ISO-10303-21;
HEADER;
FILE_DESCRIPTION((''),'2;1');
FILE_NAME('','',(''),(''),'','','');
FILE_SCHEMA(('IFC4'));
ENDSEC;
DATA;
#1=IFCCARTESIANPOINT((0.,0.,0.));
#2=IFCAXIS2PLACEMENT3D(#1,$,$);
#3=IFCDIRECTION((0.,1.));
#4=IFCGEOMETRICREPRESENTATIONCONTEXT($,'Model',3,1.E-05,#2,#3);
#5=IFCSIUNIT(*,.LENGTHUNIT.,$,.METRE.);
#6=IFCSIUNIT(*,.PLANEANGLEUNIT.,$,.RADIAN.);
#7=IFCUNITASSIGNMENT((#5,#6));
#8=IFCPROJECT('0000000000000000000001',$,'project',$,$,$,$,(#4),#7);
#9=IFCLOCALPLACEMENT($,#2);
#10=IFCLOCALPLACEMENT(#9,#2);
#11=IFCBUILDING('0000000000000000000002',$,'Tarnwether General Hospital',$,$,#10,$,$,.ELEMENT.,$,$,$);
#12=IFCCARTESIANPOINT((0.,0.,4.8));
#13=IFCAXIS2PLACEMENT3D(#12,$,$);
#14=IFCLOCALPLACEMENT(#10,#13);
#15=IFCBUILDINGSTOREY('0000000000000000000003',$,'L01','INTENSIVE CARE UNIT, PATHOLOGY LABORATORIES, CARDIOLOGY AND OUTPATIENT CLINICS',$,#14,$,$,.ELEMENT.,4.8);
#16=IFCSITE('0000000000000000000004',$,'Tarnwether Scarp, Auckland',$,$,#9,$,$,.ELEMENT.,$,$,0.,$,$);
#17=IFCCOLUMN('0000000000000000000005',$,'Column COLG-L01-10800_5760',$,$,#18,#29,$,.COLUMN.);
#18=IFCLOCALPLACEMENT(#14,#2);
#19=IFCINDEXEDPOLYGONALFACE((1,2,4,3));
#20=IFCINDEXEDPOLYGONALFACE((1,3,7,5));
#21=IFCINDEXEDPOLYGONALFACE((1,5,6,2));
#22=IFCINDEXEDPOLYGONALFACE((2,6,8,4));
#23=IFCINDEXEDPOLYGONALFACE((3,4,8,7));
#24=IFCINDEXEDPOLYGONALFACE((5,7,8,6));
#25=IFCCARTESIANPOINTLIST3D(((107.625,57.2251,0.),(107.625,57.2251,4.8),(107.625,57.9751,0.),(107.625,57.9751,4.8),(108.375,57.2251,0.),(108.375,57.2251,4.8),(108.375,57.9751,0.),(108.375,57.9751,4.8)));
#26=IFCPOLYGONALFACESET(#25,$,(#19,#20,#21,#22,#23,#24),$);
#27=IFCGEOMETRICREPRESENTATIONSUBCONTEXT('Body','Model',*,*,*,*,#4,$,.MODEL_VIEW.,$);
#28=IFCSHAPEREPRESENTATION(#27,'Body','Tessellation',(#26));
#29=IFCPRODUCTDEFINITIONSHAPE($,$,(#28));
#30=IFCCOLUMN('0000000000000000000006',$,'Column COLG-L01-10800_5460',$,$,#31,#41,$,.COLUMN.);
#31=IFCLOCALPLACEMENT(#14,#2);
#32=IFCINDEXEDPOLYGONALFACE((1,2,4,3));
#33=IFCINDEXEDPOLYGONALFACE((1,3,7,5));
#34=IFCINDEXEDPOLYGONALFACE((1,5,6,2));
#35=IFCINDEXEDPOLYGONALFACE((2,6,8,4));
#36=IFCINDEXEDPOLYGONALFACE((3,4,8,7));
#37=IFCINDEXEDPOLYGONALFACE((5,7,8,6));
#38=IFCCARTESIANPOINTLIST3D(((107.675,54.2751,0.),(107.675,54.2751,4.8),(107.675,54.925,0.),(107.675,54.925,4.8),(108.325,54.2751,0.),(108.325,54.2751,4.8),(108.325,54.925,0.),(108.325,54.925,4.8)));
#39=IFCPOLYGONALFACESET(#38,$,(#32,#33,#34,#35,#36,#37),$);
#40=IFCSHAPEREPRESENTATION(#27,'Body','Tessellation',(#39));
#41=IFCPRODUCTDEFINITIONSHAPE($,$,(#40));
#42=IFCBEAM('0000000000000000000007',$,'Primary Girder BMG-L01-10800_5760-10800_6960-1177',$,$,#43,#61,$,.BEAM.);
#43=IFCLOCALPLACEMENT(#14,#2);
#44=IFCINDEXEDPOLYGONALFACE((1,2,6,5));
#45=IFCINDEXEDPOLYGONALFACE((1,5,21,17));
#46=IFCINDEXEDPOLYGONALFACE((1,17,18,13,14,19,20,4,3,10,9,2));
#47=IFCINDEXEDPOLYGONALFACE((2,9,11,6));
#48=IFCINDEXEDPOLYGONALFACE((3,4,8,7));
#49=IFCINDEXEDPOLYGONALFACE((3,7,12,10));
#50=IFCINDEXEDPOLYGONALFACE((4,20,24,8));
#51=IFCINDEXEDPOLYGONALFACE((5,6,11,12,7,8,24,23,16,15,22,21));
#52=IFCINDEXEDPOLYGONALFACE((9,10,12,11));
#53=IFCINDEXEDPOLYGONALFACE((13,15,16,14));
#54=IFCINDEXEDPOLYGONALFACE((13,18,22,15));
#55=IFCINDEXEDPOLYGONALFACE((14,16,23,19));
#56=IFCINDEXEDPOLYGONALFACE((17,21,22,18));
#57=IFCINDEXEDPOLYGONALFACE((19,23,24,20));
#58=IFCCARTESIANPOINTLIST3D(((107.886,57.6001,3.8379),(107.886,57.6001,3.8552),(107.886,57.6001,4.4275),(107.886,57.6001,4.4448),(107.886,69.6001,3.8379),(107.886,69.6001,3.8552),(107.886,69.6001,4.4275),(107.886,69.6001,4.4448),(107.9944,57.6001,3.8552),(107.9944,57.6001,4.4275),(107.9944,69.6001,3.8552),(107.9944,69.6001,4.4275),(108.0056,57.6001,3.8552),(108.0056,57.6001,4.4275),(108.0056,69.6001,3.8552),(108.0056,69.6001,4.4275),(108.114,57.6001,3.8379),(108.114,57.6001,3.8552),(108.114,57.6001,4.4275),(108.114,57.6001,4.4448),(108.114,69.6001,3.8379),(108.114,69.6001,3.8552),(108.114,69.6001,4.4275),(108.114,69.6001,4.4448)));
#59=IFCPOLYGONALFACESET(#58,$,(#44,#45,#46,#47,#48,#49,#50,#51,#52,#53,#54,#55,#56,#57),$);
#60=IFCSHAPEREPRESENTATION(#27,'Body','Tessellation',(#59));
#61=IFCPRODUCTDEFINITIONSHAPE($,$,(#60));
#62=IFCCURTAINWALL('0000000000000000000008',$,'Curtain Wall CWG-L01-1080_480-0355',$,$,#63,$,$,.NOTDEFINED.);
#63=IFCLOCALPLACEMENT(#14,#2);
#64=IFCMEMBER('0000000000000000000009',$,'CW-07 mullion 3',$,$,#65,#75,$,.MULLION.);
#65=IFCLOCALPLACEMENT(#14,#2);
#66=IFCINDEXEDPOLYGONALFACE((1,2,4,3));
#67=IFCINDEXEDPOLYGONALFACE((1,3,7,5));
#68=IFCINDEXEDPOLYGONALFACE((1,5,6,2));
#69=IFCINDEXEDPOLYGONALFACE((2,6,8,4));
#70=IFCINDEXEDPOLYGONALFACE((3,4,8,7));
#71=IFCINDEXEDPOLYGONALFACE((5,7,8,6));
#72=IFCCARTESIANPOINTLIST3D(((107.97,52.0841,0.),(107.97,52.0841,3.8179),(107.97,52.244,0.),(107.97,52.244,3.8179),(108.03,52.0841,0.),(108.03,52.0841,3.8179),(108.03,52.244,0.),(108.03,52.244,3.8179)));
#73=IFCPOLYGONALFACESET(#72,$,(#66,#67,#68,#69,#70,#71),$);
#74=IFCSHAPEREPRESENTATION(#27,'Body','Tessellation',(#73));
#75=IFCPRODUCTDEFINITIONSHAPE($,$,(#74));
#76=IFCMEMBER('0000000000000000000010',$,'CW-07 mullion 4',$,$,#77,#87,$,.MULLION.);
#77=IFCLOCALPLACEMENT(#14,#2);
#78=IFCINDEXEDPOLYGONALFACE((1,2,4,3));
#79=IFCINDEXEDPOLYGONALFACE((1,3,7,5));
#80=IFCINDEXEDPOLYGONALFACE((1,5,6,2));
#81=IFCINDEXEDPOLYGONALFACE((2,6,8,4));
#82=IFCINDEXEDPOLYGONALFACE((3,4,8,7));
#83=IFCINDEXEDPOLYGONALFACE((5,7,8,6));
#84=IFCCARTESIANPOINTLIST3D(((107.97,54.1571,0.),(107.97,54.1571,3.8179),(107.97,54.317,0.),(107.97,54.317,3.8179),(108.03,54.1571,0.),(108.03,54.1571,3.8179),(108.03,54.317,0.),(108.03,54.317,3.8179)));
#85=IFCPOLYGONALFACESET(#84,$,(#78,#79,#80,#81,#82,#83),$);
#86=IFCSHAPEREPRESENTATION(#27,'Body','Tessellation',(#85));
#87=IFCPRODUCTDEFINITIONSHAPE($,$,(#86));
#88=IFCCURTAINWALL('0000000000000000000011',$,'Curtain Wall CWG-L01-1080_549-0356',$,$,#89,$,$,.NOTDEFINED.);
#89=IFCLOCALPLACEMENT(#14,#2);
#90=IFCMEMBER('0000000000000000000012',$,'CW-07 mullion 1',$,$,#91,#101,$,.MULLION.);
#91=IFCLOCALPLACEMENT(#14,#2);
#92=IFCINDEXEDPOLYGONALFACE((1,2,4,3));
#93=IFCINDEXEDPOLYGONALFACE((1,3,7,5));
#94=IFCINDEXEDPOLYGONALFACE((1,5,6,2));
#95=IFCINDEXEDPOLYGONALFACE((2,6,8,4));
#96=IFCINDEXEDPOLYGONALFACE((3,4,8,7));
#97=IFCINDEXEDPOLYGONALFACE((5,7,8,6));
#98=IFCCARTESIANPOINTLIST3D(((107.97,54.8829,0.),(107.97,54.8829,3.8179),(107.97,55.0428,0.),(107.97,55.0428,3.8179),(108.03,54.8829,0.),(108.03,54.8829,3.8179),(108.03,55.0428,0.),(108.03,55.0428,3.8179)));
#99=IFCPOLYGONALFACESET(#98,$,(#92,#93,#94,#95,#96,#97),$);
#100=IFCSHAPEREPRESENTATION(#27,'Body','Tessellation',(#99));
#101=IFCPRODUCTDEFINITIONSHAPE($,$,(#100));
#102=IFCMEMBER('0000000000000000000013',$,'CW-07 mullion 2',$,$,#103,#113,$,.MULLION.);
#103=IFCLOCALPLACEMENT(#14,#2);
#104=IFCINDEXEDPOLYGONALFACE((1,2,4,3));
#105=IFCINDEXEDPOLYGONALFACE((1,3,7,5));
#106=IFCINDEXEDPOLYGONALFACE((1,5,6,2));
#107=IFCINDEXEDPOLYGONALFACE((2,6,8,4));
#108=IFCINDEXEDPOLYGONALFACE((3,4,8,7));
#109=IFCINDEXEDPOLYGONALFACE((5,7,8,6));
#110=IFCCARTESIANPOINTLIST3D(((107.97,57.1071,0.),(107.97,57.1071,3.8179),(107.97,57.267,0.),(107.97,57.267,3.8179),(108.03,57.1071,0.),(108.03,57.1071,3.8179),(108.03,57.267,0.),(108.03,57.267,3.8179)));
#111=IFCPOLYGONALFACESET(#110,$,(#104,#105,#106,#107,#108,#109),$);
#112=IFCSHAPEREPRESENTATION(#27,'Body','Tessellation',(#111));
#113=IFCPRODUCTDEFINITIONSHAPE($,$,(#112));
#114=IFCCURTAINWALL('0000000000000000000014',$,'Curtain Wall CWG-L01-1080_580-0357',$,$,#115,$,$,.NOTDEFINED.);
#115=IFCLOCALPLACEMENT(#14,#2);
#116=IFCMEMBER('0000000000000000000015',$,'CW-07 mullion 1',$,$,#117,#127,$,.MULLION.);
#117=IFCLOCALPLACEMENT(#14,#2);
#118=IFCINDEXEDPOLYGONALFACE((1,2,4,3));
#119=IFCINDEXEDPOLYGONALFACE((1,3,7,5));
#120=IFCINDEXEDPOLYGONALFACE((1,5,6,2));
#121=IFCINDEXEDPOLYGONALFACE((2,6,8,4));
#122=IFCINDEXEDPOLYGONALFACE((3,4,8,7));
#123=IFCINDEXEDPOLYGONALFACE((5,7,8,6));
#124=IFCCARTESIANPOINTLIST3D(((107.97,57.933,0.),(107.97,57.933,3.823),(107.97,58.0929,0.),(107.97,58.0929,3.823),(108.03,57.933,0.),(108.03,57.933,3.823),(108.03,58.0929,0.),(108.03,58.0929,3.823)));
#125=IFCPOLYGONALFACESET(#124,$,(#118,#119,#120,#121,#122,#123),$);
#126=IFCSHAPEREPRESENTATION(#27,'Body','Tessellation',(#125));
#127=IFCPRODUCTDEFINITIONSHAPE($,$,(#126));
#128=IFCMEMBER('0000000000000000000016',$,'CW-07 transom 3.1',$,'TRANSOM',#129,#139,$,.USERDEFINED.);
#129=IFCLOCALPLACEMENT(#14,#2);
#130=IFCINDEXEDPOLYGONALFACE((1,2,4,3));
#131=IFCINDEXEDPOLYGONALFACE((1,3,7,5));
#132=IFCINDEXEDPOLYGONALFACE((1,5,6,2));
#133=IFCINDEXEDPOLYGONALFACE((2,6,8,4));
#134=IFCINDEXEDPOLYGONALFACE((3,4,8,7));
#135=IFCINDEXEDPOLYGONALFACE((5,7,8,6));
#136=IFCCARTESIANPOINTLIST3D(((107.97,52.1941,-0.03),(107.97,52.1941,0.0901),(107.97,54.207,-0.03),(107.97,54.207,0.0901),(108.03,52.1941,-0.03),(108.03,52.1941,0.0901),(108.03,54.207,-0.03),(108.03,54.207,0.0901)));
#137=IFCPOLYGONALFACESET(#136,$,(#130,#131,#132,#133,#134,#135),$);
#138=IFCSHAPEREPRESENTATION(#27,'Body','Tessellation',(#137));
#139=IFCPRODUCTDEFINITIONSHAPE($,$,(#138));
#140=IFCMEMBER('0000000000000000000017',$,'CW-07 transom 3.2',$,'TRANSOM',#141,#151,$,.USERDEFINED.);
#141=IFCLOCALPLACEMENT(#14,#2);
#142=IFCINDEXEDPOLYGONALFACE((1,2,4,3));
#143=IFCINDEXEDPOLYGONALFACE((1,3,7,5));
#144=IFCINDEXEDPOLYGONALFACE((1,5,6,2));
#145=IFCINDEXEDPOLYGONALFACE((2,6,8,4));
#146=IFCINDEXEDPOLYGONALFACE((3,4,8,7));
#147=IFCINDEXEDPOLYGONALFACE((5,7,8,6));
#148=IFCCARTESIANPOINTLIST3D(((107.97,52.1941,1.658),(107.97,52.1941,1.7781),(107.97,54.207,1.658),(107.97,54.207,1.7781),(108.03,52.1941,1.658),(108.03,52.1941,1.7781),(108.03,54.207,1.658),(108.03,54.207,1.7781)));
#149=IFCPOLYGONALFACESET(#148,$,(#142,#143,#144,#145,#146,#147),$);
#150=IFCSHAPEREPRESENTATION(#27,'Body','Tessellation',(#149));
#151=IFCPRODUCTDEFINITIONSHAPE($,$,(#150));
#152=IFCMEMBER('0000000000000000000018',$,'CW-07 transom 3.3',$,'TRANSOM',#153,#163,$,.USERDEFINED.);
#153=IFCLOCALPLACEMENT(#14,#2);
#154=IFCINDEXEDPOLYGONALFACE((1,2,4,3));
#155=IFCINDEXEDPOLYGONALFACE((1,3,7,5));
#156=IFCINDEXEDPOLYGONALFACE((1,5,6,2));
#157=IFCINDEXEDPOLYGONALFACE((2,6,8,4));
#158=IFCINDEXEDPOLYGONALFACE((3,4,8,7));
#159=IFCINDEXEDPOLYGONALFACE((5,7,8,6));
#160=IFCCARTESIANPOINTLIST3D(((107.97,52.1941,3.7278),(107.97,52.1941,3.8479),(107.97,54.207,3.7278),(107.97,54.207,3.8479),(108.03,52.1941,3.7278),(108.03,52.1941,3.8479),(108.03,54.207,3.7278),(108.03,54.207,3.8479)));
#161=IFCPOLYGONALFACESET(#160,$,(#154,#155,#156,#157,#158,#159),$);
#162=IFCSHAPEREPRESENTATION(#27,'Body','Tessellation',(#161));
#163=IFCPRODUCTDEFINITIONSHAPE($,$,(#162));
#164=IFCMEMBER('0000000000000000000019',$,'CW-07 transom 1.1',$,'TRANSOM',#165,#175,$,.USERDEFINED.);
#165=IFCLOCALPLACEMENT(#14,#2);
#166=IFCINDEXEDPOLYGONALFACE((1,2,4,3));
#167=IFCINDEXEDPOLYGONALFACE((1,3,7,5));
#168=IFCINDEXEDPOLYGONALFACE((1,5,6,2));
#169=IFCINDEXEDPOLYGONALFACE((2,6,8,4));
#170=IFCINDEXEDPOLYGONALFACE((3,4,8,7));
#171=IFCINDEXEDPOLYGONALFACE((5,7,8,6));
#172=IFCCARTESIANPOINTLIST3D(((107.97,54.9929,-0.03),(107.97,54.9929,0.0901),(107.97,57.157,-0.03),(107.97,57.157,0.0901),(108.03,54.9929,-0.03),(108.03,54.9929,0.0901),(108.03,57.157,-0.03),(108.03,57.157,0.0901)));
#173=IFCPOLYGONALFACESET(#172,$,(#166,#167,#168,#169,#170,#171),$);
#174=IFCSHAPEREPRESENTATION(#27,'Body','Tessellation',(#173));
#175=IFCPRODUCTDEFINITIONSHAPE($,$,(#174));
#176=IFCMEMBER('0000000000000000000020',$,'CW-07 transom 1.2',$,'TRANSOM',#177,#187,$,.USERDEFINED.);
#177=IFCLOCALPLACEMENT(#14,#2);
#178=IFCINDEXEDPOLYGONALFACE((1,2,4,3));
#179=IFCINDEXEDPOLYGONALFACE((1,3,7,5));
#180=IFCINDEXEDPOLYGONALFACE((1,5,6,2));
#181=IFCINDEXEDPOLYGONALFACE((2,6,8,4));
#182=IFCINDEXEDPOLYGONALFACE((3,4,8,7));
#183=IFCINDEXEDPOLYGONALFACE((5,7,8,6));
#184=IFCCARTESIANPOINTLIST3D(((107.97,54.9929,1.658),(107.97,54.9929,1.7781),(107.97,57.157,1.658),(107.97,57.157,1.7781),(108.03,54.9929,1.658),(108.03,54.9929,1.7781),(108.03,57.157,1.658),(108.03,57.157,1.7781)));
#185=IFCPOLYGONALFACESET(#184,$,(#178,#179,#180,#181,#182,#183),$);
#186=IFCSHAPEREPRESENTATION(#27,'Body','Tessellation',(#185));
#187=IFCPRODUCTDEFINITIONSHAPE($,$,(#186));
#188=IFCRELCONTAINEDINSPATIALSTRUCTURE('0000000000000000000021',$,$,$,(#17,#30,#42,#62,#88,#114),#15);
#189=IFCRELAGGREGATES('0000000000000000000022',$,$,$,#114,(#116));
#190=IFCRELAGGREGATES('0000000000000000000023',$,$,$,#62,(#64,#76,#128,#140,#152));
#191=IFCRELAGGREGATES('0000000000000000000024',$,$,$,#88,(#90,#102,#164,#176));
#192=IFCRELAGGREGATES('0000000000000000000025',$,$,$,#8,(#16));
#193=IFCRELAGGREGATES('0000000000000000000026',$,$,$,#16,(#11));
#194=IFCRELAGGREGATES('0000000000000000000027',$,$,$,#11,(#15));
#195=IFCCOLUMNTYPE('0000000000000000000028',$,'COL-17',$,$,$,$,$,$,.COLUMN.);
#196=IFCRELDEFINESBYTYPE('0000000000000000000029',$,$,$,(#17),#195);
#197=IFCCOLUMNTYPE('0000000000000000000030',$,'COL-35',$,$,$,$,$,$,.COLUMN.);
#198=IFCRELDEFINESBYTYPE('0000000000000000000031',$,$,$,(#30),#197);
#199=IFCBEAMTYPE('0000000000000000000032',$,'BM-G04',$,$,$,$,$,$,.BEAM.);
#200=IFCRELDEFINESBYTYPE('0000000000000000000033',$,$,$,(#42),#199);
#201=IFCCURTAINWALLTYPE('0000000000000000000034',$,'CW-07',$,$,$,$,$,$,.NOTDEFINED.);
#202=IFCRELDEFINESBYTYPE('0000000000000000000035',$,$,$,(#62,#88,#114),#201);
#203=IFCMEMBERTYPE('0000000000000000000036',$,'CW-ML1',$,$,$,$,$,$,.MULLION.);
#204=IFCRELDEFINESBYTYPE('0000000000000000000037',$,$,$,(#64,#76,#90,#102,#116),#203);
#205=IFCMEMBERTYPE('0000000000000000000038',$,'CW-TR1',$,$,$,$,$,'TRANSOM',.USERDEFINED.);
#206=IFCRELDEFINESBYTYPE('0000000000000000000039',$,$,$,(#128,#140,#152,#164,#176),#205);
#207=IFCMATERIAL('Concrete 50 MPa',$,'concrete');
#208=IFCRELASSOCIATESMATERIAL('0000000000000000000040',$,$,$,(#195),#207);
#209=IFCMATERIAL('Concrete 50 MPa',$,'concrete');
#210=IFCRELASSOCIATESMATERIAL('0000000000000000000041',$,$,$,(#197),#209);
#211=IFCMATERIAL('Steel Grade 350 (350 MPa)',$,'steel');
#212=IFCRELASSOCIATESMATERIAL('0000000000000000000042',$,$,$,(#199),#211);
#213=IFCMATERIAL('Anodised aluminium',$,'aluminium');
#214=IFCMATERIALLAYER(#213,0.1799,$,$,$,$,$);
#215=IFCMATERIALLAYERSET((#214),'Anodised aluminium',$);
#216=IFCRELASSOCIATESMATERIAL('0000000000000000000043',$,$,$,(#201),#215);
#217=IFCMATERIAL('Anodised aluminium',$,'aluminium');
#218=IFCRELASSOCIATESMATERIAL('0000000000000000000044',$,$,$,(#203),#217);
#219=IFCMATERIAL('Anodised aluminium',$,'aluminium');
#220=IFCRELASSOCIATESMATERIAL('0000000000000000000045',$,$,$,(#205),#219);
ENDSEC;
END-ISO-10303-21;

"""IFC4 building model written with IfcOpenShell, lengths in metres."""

from ifc_helpers import new_model, si_unit, direction, frame, origin, origin_2d, place, context, subcontext, project, spatial, rectangle, i_section, extrude, material, layer, layer_set, material_profile, profile_set, type_object, element, aggregate, save


model = new_model("IFC4")

# Units and contexts
model_context = context("Model", 3, precision=1e-05, world=origin(), true_north=direction((0.0, 1.0)))
body_context = subcontext(model_context, "Body", "Model", "MODEL_VIEW")
ifc_project = project(units=[si_unit("LENGTHUNIT", "METRE"), si_unit("PLANEANGLEUNIT", "RADIAN")], contexts=[model_context])

# Site, building, storey
site_placement = place(None, origin())
site = spatial("IfcSite", under=ifc_project, at=site_placement, Name="Tarnwether Scarp, Auckland", CompositionType="ELEMENT", RefElevation=0.0)
building_placement = place(site_placement, origin())
building = spatial("IfcBuilding", under=site, at=building_placement, Name="Tarnwether General Hospital", CompositionType="ELEMENT")
storey_placement = place(building_placement, frame((0.0, 0.0, 4.8)))
storey = spatial("IfcBuildingStorey", under=building, at=storey_placement, Name="L01", Description="INTENSIVE CARE UNIT, PATHOLOGY LABORATORIES, CARDIOLOGY AND OUTPATIENT CLINICS", CompositionType="ELEMENT", Elevation=4.8)

# Columns
ifc_material_1 = material(Name="Concrete 50 MPa", Category="concrete")
ifc_material_profile_1 = material_profile(ifc_material_1, rectangle(XDim=0.75, YDim=0.75, at=origin_2d()), Name="RC-COL-750x750")
ifc_profile_set_1 = profile_set([ifc_material_profile_1], Name="Concrete 50 MPa")
column_type_1 = type_object("IfcColumnType", Name="COL-17", PredefinedType="COLUMN", material=ifc_profile_set_1)
column_1_placement = place(storey_placement, frame((108.0, 57.6001, 0.0), z_axis=(0.0, 0.0, 1.0), x_axis=(0.0, 1.0, 0.0)))
element("IfcColumn", 1, at=column_1_placement, inside=storey, type_object=column_type_1, Name="Column COLG-L01-10800_5760", PredefinedType="COLUMN", context=body_context, shape_type="SweptSolid", body=[
    extrude(rectangle(XDim=0.75, YDim=0.75, at=origin_2d()), origin(), (0.0, 0.0, 1.0), 4.8),
])
ifc_material_2 = material(Name="Concrete 50 MPa", Category="concrete")
ifc_material_profile_2 = material_profile(ifc_material_2, rectangle(XDim=0.6499, YDim=0.6499, at=origin_2d()), Name="RC-COL-650x650")
ifc_profile_set_2 = profile_set([ifc_material_profile_2], Name="Concrete 50 MPa")
column_type_2 = type_object("IfcColumnType", Name="COL-35", PredefinedType="COLUMN", material=ifc_profile_set_2)
column_2_placement = place(storey_placement, frame((108.0, 54.6001, 0.0), z_axis=(0.0, 0.0, 1.0), x_axis=(1.0, 0.0, 0.0)))
element("IfcColumn", 2, at=column_2_placement, inside=storey, type_object=column_type_2, Name="Column COLG-L01-10800_5460", PredefinedType="COLUMN", context=body_context, shape_type="SweptSolid", body=[
    extrude(rectangle(XDim=0.6499, YDim=0.6499, at=origin_2d()), origin(), (0.0, 0.0, 1.0), 4.8),
])

# Beam
ifc_material_3 = material(Name="Steel Grade 350 (350 MPa)", Category="steel")
ifc_material_profile_3 = material_profile(ifc_material_3, i_section(OverallWidth=0.228, OverallDepth=0.6069, WebThickness=0.0112, FlangeThickness=0.0173, at=origin_2d()), Name="610UB113")
ifc_profile_set_3 = profile_set([ifc_material_profile_3], Name="Steel Grade 350 (350 MPa)")
beam_type = type_object("IfcBeamType", Name="BM-G04", PredefinedType="BEAM", material=ifc_profile_set_3)
beam_placement = place(storey_placement, frame((108.0, 57.6001, 4.1414), z_axis=(0.0, 1.0, 0.0), x_axis=(-1.0, 0.0, 0.0)))
element("IfcBeam", 3, at=beam_placement, inside=storey, type_object=beam_type, Name="Primary Girder BMG-L01-10800_5760-10800_6960-1177", PredefinedType="BEAM", context=body_context, shape_type="SweptSolid", body=[
    extrude(i_section(OverallWidth=0.228, OverallDepth=0.6069, WebThickness=0.0112, FlangeThickness=0.0173, at=origin_2d()), origin(), (0.0, 0.0, 1.0), 12.0),
])

# Curtain walls, members
ifc_material_4 = material(Name="Anodised aluminium", Category="aluminium")
ifc_layer_1 = layer(ifc_material_4, 0.1799)
ifc_layer_set_1 = layer_set([ifc_layer_1], Name="Anodised aluminium")
curtain_wall_type = type_object("IfcCurtainWallType", Name="CW-07", PredefinedType="NOTDEFINED", material=ifc_layer_set_1)
curtain_wall_1_placement = place(storey_placement, origin())
curtain_wall_1 = element("IfcCurtainWall", 4, at=curtain_wall_1_placement, inside=storey, type_object=curtain_wall_type, Name="Curtain Wall CWG-L01-1080_480-0355", PredefinedType="NOTDEFINED")
ifc_material_5 = material(Name="Anodised aluminium", Category="aluminium")
ifc_material_profile_4 = material_profile(ifc_material_5, rectangle(XDim=0.0601, YDim=0.1599, at=origin_2d()), Name="ALU-MUL-60x160")
ifc_profile_set_4 = profile_set([ifc_material_profile_4], Name="Anodised aluminium")
member_type_1 = type_object("IfcMemberType", Name="CW-ML1", PredefinedType="MULLION", material=ifc_profile_set_4)
member_1_placement = place(storey_placement, frame((108.0, 52.1641, 0.0), z_axis=(0.0, 0.0, 1.0), x_axis=(-1.0, 0.0, 0.0)))
member_1 = element("IfcMember", 5, at=member_1_placement, type_object=member_type_1, Name="CW-07 mullion 3", PredefinedType="MULLION", context=body_context, shape_type="SweptSolid", body=[
    extrude(rectangle(XDim=0.0601, YDim=0.1599, at=origin_2d()), origin(), (0.0, 0.0, 1.0), 3.8179),
])
member_2_placement = place(storey_placement, frame((108.0, 54.2371, 0.0), z_axis=(0.0, 0.0, 1.0), x_axis=(-1.0, 0.0, 0.0)))
member_2 = element("IfcMember", 6, at=member_2_placement, type_object=member_type_1, Name="CW-07 mullion 4", PredefinedType="MULLION", context=body_context, shape_type="SweptSolid", body=[
    extrude(rectangle(XDim=0.0601, YDim=0.1599, at=origin_2d()), origin(), (0.0, 0.0, 1.0), 3.8179),
])
curtain_wall_2_placement = place(storey_placement, origin())
curtain_wall_2 = element("IfcCurtainWall", 7, at=curtain_wall_2_placement, inside=storey, type_object=curtain_wall_type, Name="Curtain Wall CWG-L01-1080_549-0356", PredefinedType="NOTDEFINED")
member_3_placement = place(storey_placement, frame((108.0, 54.9629, 0.0), z_axis=(0.0, 0.0, 1.0), x_axis=(-1.0, 0.0, 0.0)))
member_3 = element("IfcMember", 8, at=member_3_placement, type_object=member_type_1, Name="CW-07 mullion 1", PredefinedType="MULLION", context=body_context, shape_type="SweptSolid", body=[
    extrude(rectangle(XDim=0.0601, YDim=0.1599, at=origin_2d()), origin(), (0.0, 0.0, 1.0), 3.8179),
])
member_4_placement = place(storey_placement, frame((108.0, 57.187, 0.0), z_axis=(0.0, 0.0, 1.0), x_axis=(-1.0, 0.0, 0.0)))
member_4 = element("IfcMember", 9, at=member_4_placement, type_object=member_type_1, Name="CW-07 mullion 2", PredefinedType="MULLION", context=body_context, shape_type="SweptSolid", body=[
    extrude(rectangle(XDim=0.0601, YDim=0.1599, at=origin_2d()), origin(), (0.0, 0.0, 1.0), 3.8179),
])

# Curtain wall, member
curtain_wall_3_placement = place(storey_placement, origin())
curtain_wall_3 = element("IfcCurtainWall", 10, at=curtain_wall_3_placement, inside=storey, type_object=curtain_wall_type, Name="Curtain Wall CWG-L01-1080_580-0357", PredefinedType="NOTDEFINED")
member_5_placement = place(storey_placement, frame((108.0, 58.0129, 0.0), z_axis=(0.0, 0.0, 1.0), x_axis=(-1.0, 0.0, 0.0)))
member_5 = element("IfcMember", 11, at=member_5_placement, type_object=member_type_1, Name="CW-07 mullion 1", PredefinedType="MULLION", context=body_context, shape_type="SweptSolid", body=[
    extrude(rectangle(XDim=0.0601, YDim=0.1599, at=origin_2d()), origin(), (0.0, 0.0, 1.0), 3.823),
])

# Members
ifc_material_6 = material(Name="Anodised aluminium", Category="aluminium")
ifc_material_profile_5 = material_profile(ifc_material_6, rectangle(XDim=0.0601, YDim=0.1201, at=origin_2d()), Name="ALU-TRN-60x120")
ifc_profile_set_5 = profile_set([ifc_material_profile_5], Name="Anodised aluminium")
member_type_2 = type_object("IfcMemberType", Name="CW-TR1", ElementType="TRANSOM", PredefinedType="USERDEFINED", material=ifc_profile_set_5)
member_6_placement = place(storey_placement, frame((108.0, 52.1941, 0.03), z_axis=(0.0, 1.0, 0.0), x_axis=(-1.0, 0.0, 0.0)))
member_6 = element("IfcMember", 12, at=member_6_placement, type_object=member_type_2, Name="CW-07 transom 3.1", ObjectType="TRANSOM", PredefinedType="USERDEFINED", context=body_context, shape_type="SweptSolid", body=[
    extrude(rectangle(XDim=0.0601, YDim=0.1201, at=origin_2d()), origin(), (0.0, 0.0, 1.0), 2.0129),
])
member_7_placement = place(storey_placement, frame((108.0, 52.1941, 1.718), z_axis=(0.0, 1.0, 0.0), x_axis=(-1.0, 0.0, 0.0)))
member_7 = element("IfcMember", 13, at=member_7_placement, type_object=member_type_2, Name="CW-07 transom 3.2", ObjectType="TRANSOM", PredefinedType="USERDEFINED", context=body_context, shape_type="SweptSolid", body=[
    extrude(rectangle(XDim=0.0601, YDim=0.1201, at=origin_2d()), origin(), (0.0, 0.0, 1.0), 2.0129),
])
member_8_placement = place(storey_placement, frame((108.0, 52.1941, 3.7878), z_axis=(0.0, 1.0, 0.0), x_axis=(-1.0, 0.0, 0.0)))
member_8 = element("IfcMember", 14, at=member_8_placement, type_object=member_type_2, Name="CW-07 transom 3.3", ObjectType="TRANSOM", PredefinedType="USERDEFINED", context=body_context, shape_type="SweptSolid", body=[
    extrude(rectangle(XDim=0.0601, YDim=0.1201, at=origin_2d()), origin(), (0.0, 0.0, 1.0), 2.0129),
])
member_9_placement = place(storey_placement, frame((108.0, 54.9929, 0.03), z_axis=(0.0, 1.0, 0.0), x_axis=(-1.0, 0.0, 0.0)))
member_9 = element("IfcMember", 15, at=member_9_placement, type_object=member_type_2, Name="CW-07 transom 1.1", ObjectType="TRANSOM", PredefinedType="USERDEFINED", context=body_context, shape_type="SweptSolid", body=[
    extrude(rectangle(XDim=0.0601, YDim=0.1201, at=origin_2d()), origin(), (0.0, 0.0, 1.0), 2.1641),
])
member_10_placement = place(storey_placement, frame((108.0, 54.9929, 1.718), z_axis=(0.0, 1.0, 0.0), x_axis=(-1.0, 0.0, 0.0)))
member_10 = element("IfcMember", 16, at=member_10_placement, type_object=member_type_2, Name="CW-07 transom 1.2", ObjectType="TRANSOM", PredefinedType="USERDEFINED", context=body_context, shape_type="SweptSolid", body=[
    extrude(rectangle(XDim=0.0601, YDim=0.1201, at=origin_2d()), origin(), (0.0, 0.0, 1.0), 2.1641),
])
aggregate(curtain_wall_3, [member_5])

aggregate(curtain_wall_1, [member_1, member_2, member_6, member_7, member_8])
aggregate(curtain_wall_2, [member_3, member_4, member_9, member_10])

save(model, "model.ifc")
